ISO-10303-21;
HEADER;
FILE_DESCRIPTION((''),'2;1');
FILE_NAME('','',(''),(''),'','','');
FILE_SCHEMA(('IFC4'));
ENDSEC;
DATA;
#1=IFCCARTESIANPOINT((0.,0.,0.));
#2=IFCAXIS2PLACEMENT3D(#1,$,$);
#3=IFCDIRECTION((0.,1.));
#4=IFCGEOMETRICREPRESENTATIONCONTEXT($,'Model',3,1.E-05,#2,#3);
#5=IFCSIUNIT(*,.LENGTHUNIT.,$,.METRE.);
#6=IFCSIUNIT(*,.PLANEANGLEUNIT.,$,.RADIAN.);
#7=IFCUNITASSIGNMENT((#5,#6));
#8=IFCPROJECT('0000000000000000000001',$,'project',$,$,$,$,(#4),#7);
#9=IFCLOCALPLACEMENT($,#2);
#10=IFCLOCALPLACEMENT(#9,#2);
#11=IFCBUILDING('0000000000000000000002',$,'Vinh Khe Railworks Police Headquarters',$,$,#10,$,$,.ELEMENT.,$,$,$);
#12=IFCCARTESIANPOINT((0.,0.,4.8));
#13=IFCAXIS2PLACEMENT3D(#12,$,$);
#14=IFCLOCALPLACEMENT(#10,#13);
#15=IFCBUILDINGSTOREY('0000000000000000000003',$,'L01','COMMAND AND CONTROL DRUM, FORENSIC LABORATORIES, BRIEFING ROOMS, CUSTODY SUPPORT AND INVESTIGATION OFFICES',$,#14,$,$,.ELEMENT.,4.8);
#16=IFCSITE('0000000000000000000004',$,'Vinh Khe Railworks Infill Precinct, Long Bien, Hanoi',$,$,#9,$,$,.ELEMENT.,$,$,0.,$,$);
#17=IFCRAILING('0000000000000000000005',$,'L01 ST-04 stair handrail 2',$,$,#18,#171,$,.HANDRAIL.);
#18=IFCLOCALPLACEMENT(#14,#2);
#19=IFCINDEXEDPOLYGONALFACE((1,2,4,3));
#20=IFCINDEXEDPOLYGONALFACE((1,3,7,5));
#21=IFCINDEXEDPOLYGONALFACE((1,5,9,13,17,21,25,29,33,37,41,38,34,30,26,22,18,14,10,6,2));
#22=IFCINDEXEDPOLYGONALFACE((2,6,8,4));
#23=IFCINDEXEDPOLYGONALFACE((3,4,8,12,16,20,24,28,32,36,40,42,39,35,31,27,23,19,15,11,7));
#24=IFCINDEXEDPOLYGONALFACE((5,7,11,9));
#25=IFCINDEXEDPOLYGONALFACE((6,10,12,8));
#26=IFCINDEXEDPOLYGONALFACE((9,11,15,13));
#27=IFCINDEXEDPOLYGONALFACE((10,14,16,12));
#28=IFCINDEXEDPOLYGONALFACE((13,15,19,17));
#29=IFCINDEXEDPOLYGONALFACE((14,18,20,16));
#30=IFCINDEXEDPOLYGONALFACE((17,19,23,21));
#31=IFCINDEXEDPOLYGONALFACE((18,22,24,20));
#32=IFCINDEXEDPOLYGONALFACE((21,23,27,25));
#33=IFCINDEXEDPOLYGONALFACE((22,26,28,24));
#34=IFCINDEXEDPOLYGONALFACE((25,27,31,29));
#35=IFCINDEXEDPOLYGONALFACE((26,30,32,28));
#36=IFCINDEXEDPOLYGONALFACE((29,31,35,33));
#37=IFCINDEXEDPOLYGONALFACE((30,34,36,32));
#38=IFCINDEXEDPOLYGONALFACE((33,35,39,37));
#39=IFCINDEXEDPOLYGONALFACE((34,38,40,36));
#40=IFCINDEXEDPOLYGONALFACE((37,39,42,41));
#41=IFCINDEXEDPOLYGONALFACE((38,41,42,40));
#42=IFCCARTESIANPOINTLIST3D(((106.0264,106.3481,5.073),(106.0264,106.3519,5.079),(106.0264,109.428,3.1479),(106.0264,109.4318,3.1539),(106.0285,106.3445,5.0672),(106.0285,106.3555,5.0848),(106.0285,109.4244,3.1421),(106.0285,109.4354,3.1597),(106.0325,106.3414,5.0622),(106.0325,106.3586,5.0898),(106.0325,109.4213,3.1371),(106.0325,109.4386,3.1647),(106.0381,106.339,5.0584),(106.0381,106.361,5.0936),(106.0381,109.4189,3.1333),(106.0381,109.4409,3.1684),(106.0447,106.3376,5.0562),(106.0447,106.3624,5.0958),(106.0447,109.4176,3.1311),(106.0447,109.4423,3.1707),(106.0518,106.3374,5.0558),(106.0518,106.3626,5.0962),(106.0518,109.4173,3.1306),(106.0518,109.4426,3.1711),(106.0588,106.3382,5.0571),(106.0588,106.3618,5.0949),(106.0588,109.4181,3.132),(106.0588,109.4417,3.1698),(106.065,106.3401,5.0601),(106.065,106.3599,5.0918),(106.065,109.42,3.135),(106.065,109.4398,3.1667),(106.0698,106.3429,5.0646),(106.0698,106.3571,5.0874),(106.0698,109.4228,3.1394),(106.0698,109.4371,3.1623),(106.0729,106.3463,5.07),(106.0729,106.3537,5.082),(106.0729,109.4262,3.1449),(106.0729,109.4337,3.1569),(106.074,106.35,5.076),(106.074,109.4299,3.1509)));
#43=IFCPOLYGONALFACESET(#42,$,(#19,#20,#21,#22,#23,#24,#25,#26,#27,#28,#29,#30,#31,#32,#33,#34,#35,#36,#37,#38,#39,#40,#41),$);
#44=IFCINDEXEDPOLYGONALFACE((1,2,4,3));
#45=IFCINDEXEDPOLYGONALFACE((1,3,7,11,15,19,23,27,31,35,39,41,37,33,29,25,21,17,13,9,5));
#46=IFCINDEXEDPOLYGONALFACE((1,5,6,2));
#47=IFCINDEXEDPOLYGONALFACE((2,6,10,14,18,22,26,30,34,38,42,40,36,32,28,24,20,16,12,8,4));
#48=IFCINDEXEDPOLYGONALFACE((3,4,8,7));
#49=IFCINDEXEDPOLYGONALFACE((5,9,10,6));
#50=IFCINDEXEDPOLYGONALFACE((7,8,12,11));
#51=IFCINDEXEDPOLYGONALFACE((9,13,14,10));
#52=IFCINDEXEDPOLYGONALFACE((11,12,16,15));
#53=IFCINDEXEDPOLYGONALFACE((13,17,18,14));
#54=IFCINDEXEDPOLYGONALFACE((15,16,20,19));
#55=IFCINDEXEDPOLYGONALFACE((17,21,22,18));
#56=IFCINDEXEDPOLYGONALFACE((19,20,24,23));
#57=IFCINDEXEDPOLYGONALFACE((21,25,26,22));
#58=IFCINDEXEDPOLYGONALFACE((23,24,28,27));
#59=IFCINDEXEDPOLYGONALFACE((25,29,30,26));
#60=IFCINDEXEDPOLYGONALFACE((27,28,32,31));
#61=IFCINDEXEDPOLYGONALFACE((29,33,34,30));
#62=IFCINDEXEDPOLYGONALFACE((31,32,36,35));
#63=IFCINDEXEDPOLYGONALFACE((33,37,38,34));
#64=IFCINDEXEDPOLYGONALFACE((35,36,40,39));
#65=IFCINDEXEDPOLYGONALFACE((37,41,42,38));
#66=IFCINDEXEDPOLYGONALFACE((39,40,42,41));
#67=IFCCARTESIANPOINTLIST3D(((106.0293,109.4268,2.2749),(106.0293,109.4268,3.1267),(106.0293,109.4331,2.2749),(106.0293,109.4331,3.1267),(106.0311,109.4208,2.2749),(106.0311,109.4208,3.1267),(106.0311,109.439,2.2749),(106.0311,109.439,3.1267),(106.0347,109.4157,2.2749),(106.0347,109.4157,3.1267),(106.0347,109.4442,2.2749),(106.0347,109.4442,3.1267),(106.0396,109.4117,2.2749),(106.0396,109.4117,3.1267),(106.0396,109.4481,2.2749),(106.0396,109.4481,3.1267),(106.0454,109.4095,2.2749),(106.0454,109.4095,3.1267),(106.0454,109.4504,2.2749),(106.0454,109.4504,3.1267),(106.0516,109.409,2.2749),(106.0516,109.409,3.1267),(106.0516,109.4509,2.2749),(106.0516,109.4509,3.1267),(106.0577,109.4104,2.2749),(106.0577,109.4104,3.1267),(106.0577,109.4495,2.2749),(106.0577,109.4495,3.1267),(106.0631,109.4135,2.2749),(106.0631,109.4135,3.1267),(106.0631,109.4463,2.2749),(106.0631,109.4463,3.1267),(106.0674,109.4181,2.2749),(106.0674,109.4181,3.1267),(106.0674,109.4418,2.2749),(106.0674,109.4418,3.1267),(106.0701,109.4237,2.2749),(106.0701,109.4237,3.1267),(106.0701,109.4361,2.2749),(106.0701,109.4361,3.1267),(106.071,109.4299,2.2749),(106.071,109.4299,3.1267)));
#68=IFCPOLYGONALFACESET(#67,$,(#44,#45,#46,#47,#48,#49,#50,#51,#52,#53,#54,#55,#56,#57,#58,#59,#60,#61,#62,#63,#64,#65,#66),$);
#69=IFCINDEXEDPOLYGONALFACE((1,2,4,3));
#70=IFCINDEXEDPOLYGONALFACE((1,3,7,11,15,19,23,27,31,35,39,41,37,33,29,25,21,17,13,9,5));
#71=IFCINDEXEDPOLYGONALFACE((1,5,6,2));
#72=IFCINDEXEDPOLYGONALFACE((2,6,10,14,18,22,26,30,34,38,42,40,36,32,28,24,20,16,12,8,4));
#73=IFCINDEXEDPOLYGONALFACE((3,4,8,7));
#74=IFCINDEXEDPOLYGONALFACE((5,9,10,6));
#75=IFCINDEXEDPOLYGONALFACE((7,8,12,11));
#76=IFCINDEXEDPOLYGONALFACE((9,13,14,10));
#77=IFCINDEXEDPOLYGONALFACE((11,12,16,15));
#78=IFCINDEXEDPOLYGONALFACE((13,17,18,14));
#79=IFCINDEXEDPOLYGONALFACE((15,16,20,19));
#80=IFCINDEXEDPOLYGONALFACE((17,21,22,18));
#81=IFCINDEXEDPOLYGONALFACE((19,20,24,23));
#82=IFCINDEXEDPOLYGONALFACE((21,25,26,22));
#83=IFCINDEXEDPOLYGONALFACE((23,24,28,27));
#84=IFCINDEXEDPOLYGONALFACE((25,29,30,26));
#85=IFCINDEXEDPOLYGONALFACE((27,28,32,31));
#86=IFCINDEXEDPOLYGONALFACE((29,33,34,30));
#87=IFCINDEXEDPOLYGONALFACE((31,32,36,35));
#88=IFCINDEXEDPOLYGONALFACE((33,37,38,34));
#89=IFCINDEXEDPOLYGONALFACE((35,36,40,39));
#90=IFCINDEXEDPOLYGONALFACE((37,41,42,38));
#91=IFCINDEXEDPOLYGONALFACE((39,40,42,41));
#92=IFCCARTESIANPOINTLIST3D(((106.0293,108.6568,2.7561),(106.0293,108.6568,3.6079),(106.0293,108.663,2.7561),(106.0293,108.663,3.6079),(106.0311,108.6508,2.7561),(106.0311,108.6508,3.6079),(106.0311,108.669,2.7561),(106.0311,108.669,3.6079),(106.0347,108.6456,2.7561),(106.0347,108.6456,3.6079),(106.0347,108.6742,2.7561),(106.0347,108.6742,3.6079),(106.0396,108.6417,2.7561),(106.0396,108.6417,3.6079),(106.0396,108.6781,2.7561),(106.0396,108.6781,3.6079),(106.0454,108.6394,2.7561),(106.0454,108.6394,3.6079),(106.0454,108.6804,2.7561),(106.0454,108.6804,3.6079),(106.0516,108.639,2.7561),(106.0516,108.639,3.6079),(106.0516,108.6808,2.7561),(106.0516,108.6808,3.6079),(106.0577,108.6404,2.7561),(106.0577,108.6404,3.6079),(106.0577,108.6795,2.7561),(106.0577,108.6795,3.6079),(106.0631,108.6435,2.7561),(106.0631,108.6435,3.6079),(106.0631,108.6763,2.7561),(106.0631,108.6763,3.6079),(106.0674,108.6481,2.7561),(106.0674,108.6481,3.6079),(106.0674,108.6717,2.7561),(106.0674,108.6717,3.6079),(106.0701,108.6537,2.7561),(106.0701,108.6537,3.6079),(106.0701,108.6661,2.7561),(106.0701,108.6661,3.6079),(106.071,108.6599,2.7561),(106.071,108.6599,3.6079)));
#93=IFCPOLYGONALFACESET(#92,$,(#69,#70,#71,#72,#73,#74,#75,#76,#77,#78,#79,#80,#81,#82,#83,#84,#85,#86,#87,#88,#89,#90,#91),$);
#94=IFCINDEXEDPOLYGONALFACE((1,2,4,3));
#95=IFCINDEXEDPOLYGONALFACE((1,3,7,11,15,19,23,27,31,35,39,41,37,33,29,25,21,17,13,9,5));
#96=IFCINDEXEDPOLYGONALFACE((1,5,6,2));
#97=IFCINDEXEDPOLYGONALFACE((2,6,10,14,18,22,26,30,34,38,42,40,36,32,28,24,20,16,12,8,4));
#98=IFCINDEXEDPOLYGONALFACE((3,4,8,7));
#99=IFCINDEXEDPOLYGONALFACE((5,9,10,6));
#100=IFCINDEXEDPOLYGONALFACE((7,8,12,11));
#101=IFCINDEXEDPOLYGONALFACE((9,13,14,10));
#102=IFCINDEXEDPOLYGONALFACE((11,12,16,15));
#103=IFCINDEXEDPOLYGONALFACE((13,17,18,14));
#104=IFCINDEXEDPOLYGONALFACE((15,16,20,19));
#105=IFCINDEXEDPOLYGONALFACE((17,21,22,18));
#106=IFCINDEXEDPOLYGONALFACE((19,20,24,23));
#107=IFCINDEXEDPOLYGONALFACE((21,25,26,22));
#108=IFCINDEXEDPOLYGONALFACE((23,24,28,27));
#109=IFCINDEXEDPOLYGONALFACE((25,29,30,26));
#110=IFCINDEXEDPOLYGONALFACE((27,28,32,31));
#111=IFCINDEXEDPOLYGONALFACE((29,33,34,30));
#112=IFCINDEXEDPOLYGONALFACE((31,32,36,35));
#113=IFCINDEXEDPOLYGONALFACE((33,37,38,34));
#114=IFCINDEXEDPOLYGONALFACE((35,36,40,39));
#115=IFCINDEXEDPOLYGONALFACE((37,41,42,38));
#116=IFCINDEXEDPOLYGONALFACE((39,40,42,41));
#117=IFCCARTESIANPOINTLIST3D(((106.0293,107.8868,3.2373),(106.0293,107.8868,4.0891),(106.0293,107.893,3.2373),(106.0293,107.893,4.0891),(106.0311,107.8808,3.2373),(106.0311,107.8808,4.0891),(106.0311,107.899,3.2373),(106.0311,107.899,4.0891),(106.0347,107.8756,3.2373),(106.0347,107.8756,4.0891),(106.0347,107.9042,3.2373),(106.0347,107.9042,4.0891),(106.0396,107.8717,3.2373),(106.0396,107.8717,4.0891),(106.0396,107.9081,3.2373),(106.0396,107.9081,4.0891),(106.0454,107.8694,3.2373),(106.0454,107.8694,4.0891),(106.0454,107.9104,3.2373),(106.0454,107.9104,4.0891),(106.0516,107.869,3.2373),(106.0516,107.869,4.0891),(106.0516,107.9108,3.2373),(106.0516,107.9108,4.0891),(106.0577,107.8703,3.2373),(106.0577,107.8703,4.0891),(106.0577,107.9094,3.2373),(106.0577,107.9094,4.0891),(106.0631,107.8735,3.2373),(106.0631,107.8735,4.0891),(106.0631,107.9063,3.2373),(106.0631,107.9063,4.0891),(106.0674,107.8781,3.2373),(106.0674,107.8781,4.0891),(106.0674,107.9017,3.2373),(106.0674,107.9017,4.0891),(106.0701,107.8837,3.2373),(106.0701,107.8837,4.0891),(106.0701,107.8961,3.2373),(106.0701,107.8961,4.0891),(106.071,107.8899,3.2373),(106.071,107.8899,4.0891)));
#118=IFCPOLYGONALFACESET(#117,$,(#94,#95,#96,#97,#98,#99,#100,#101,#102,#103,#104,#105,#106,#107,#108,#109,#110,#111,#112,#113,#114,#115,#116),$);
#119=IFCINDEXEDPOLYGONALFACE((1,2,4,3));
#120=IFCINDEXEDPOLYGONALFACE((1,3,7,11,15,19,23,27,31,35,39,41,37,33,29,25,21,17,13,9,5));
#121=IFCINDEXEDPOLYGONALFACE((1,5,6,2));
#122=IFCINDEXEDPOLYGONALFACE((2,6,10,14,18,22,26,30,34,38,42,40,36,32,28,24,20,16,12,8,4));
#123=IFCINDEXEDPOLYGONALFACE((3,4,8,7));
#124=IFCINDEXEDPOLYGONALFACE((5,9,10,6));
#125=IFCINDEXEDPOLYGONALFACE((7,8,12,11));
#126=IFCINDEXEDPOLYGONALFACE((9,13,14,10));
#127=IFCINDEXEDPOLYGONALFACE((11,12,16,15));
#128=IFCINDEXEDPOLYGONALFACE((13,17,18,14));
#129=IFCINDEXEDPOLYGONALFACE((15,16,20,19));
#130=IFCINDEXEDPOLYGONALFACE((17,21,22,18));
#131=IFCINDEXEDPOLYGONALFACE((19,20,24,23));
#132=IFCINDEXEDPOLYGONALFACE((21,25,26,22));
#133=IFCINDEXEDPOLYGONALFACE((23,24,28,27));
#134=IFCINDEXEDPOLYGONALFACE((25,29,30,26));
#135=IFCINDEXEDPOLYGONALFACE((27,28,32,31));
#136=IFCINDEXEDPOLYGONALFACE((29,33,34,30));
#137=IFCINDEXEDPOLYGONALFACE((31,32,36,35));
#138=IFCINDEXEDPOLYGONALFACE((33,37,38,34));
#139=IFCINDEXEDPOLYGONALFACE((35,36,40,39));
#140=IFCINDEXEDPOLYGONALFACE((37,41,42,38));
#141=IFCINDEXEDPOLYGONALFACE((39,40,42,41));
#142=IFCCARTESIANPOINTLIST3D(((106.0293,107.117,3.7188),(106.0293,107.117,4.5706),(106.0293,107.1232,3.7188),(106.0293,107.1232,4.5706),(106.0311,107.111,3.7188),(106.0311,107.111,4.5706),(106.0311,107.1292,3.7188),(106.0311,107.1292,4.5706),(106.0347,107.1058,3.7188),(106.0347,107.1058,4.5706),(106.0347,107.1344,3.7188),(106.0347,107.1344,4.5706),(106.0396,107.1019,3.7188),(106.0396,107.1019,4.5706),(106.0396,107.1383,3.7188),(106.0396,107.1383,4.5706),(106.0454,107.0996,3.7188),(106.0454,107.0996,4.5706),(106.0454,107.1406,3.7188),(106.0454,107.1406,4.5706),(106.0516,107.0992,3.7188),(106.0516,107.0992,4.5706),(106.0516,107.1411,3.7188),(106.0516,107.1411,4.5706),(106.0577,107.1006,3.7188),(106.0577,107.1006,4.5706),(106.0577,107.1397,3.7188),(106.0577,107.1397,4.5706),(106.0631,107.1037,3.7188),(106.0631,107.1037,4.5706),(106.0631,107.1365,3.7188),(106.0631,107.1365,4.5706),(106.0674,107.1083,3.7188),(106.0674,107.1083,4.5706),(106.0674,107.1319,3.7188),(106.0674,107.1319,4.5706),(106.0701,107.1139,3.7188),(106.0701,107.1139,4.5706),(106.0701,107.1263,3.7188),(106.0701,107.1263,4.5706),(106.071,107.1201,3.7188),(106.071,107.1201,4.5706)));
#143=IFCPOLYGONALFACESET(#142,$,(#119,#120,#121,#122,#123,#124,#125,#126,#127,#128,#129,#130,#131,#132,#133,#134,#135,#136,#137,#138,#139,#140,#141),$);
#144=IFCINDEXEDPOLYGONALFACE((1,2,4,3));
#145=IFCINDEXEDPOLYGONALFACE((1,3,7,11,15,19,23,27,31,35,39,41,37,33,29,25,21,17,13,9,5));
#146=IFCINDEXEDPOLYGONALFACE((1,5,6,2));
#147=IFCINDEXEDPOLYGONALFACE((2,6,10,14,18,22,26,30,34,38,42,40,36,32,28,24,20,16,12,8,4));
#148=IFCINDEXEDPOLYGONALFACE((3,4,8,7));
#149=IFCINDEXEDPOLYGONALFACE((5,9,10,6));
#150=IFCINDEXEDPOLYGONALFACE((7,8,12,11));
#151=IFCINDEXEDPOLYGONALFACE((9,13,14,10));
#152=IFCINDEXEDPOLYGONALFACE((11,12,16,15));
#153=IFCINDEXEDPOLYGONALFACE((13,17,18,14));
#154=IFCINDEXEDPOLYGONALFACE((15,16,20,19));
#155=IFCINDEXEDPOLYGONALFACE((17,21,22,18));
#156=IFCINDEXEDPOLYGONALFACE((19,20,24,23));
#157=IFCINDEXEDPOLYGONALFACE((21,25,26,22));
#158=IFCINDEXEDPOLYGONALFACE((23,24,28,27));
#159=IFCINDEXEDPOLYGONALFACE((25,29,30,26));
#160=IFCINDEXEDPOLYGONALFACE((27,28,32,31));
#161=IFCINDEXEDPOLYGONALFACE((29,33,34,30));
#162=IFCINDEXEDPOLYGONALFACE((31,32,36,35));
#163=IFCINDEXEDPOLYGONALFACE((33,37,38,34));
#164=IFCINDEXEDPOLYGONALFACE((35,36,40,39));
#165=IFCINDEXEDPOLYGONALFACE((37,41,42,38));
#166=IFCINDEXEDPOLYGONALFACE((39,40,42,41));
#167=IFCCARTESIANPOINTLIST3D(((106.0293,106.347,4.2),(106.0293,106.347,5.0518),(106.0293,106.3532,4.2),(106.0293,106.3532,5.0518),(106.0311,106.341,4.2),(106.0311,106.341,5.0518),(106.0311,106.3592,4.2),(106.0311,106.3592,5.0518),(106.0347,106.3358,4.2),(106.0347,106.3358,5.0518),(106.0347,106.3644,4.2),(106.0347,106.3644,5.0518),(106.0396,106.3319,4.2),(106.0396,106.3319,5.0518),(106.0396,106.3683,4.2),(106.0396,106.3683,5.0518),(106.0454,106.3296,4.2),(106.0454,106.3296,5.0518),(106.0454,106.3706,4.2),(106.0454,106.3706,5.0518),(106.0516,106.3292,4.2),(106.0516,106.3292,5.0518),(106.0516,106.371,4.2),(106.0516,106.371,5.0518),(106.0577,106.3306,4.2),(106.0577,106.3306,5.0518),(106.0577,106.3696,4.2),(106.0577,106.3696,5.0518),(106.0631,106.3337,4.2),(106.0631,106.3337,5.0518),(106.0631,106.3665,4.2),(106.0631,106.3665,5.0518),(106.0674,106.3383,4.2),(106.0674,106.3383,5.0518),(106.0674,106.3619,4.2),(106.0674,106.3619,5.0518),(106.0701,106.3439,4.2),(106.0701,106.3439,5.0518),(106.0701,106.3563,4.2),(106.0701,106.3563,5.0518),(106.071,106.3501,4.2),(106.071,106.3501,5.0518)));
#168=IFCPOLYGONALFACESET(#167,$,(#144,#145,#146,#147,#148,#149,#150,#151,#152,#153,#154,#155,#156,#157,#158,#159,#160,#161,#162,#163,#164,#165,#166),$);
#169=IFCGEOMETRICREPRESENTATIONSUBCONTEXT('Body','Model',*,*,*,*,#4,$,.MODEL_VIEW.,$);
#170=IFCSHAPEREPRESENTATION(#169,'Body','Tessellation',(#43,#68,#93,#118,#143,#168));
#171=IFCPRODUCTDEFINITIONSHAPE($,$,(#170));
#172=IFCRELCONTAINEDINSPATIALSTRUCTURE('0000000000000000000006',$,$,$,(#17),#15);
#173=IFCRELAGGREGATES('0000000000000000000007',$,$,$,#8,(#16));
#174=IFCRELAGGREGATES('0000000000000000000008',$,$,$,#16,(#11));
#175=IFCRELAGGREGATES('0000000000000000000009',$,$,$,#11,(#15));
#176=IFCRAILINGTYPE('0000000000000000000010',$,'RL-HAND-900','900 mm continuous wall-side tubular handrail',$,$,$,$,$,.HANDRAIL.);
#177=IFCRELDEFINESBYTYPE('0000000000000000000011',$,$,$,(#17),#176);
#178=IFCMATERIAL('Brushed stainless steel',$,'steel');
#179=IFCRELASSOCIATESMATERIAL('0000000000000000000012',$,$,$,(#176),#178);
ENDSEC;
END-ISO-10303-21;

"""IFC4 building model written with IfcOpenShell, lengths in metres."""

from ifc_helpers import new_model, si_unit, direction, frame, origin, origin_2d, place, context, subcontext, project, spatial, circle, extrude, material, type_object, element, save


model = new_model("IFC4")

# Units and contexts
model_context = context("Model", 3, precision=1e-05, world=origin(), true_north=direction((0.0, 1.0)))
body_context = subcontext(model_context, "Body", "Model", "MODEL_VIEW")
ifc_project = project(units=[si_unit("LENGTHUNIT", "METRE"), si_unit("PLANEANGLEUNIT", "RADIAN")], contexts=[model_context])

# Site, building, storey
site_placement = place(None, origin())
site = spatial("IfcSite", under=ifc_project, at=site_placement, Name="Vinh Khe Railworks Infill Precinct, Long Bien, Hanoi", CompositionType="ELEMENT", RefElevation=0.0)
building_placement = place(site_placement, origin())
building = spatial("IfcBuilding", under=site, at=building_placement, Name="Vinh Khe Railworks Police Headquarters", CompositionType="ELEMENT")
storey_placement = place(building_placement, frame((0.0, 0.0, 4.8)))
storey = spatial("IfcBuildingStorey", under=building, at=storey_placement, Name="L01", Description="COMMAND AND CONTROL DRUM, FORENSIC LABORATORIES, BRIEFING ROOMS, CUSTODY SUPPORT AND INVESTIGATION OFFICES", CompositionType="ELEMENT", Elevation=4.8)

# Railing
ifc_material_1 = material(Name="Brushed stainless steel", Category="steel")
railing_type_1 = type_object("IfcRailingType", Name="RL-HAND-900", Description="900 mm continuous wall-side tubular handrail", PredefinedType="HANDRAIL", material=ifc_material_1)
railing_1_placement = place(storey_placement, frame((106.05, 109.4299, 2.2749)))
element("IfcRailing", 1, at=railing_1_placement, inside=storey, type_object=railing_type_1, Name="L01 ST-04 stair handrail 2", PredefinedType="HANDRAIL", context=body_context, shape_type="SweptSolid", body=[
    extrude(circle(Radius=0.0239, at=origin_2d()), frame((0.0, 0.0, 0.876), z_axis=(0.0, -0.847979, 0.530029), x_axis=(1.0, 0.0, 0.0)), (0.0, 0.0, 1.0), 3.6321),
    extrude(circle(Radius=0.021, at=origin_2d()), origin(), (0.0, 0.0, 1.0), 0.8518),
    extrude(circle(Radius=0.021, at=origin_2d()), frame((0.0, -0.77, 0.4812)), (0.0, 0.0, 1.0), 0.8518),
    extrude(circle(Radius=0.021, at=origin_2d()), frame((0.0, -1.54, 0.9624)), (0.0, 0.0, 1.0), 0.8518),
    extrude(circle(Radius=0.021, at=origin_2d()), frame((0.0, -2.3098, 1.4438)), (0.0, 0.0, 1.0), 0.8518),
    extrude(circle(Radius=0.021, at=origin_2d()), frame((0.0, -3.0798, 1.925)), (0.0, 0.0, 1.0), 0.8518),
])

save(model, "model.ifc")
